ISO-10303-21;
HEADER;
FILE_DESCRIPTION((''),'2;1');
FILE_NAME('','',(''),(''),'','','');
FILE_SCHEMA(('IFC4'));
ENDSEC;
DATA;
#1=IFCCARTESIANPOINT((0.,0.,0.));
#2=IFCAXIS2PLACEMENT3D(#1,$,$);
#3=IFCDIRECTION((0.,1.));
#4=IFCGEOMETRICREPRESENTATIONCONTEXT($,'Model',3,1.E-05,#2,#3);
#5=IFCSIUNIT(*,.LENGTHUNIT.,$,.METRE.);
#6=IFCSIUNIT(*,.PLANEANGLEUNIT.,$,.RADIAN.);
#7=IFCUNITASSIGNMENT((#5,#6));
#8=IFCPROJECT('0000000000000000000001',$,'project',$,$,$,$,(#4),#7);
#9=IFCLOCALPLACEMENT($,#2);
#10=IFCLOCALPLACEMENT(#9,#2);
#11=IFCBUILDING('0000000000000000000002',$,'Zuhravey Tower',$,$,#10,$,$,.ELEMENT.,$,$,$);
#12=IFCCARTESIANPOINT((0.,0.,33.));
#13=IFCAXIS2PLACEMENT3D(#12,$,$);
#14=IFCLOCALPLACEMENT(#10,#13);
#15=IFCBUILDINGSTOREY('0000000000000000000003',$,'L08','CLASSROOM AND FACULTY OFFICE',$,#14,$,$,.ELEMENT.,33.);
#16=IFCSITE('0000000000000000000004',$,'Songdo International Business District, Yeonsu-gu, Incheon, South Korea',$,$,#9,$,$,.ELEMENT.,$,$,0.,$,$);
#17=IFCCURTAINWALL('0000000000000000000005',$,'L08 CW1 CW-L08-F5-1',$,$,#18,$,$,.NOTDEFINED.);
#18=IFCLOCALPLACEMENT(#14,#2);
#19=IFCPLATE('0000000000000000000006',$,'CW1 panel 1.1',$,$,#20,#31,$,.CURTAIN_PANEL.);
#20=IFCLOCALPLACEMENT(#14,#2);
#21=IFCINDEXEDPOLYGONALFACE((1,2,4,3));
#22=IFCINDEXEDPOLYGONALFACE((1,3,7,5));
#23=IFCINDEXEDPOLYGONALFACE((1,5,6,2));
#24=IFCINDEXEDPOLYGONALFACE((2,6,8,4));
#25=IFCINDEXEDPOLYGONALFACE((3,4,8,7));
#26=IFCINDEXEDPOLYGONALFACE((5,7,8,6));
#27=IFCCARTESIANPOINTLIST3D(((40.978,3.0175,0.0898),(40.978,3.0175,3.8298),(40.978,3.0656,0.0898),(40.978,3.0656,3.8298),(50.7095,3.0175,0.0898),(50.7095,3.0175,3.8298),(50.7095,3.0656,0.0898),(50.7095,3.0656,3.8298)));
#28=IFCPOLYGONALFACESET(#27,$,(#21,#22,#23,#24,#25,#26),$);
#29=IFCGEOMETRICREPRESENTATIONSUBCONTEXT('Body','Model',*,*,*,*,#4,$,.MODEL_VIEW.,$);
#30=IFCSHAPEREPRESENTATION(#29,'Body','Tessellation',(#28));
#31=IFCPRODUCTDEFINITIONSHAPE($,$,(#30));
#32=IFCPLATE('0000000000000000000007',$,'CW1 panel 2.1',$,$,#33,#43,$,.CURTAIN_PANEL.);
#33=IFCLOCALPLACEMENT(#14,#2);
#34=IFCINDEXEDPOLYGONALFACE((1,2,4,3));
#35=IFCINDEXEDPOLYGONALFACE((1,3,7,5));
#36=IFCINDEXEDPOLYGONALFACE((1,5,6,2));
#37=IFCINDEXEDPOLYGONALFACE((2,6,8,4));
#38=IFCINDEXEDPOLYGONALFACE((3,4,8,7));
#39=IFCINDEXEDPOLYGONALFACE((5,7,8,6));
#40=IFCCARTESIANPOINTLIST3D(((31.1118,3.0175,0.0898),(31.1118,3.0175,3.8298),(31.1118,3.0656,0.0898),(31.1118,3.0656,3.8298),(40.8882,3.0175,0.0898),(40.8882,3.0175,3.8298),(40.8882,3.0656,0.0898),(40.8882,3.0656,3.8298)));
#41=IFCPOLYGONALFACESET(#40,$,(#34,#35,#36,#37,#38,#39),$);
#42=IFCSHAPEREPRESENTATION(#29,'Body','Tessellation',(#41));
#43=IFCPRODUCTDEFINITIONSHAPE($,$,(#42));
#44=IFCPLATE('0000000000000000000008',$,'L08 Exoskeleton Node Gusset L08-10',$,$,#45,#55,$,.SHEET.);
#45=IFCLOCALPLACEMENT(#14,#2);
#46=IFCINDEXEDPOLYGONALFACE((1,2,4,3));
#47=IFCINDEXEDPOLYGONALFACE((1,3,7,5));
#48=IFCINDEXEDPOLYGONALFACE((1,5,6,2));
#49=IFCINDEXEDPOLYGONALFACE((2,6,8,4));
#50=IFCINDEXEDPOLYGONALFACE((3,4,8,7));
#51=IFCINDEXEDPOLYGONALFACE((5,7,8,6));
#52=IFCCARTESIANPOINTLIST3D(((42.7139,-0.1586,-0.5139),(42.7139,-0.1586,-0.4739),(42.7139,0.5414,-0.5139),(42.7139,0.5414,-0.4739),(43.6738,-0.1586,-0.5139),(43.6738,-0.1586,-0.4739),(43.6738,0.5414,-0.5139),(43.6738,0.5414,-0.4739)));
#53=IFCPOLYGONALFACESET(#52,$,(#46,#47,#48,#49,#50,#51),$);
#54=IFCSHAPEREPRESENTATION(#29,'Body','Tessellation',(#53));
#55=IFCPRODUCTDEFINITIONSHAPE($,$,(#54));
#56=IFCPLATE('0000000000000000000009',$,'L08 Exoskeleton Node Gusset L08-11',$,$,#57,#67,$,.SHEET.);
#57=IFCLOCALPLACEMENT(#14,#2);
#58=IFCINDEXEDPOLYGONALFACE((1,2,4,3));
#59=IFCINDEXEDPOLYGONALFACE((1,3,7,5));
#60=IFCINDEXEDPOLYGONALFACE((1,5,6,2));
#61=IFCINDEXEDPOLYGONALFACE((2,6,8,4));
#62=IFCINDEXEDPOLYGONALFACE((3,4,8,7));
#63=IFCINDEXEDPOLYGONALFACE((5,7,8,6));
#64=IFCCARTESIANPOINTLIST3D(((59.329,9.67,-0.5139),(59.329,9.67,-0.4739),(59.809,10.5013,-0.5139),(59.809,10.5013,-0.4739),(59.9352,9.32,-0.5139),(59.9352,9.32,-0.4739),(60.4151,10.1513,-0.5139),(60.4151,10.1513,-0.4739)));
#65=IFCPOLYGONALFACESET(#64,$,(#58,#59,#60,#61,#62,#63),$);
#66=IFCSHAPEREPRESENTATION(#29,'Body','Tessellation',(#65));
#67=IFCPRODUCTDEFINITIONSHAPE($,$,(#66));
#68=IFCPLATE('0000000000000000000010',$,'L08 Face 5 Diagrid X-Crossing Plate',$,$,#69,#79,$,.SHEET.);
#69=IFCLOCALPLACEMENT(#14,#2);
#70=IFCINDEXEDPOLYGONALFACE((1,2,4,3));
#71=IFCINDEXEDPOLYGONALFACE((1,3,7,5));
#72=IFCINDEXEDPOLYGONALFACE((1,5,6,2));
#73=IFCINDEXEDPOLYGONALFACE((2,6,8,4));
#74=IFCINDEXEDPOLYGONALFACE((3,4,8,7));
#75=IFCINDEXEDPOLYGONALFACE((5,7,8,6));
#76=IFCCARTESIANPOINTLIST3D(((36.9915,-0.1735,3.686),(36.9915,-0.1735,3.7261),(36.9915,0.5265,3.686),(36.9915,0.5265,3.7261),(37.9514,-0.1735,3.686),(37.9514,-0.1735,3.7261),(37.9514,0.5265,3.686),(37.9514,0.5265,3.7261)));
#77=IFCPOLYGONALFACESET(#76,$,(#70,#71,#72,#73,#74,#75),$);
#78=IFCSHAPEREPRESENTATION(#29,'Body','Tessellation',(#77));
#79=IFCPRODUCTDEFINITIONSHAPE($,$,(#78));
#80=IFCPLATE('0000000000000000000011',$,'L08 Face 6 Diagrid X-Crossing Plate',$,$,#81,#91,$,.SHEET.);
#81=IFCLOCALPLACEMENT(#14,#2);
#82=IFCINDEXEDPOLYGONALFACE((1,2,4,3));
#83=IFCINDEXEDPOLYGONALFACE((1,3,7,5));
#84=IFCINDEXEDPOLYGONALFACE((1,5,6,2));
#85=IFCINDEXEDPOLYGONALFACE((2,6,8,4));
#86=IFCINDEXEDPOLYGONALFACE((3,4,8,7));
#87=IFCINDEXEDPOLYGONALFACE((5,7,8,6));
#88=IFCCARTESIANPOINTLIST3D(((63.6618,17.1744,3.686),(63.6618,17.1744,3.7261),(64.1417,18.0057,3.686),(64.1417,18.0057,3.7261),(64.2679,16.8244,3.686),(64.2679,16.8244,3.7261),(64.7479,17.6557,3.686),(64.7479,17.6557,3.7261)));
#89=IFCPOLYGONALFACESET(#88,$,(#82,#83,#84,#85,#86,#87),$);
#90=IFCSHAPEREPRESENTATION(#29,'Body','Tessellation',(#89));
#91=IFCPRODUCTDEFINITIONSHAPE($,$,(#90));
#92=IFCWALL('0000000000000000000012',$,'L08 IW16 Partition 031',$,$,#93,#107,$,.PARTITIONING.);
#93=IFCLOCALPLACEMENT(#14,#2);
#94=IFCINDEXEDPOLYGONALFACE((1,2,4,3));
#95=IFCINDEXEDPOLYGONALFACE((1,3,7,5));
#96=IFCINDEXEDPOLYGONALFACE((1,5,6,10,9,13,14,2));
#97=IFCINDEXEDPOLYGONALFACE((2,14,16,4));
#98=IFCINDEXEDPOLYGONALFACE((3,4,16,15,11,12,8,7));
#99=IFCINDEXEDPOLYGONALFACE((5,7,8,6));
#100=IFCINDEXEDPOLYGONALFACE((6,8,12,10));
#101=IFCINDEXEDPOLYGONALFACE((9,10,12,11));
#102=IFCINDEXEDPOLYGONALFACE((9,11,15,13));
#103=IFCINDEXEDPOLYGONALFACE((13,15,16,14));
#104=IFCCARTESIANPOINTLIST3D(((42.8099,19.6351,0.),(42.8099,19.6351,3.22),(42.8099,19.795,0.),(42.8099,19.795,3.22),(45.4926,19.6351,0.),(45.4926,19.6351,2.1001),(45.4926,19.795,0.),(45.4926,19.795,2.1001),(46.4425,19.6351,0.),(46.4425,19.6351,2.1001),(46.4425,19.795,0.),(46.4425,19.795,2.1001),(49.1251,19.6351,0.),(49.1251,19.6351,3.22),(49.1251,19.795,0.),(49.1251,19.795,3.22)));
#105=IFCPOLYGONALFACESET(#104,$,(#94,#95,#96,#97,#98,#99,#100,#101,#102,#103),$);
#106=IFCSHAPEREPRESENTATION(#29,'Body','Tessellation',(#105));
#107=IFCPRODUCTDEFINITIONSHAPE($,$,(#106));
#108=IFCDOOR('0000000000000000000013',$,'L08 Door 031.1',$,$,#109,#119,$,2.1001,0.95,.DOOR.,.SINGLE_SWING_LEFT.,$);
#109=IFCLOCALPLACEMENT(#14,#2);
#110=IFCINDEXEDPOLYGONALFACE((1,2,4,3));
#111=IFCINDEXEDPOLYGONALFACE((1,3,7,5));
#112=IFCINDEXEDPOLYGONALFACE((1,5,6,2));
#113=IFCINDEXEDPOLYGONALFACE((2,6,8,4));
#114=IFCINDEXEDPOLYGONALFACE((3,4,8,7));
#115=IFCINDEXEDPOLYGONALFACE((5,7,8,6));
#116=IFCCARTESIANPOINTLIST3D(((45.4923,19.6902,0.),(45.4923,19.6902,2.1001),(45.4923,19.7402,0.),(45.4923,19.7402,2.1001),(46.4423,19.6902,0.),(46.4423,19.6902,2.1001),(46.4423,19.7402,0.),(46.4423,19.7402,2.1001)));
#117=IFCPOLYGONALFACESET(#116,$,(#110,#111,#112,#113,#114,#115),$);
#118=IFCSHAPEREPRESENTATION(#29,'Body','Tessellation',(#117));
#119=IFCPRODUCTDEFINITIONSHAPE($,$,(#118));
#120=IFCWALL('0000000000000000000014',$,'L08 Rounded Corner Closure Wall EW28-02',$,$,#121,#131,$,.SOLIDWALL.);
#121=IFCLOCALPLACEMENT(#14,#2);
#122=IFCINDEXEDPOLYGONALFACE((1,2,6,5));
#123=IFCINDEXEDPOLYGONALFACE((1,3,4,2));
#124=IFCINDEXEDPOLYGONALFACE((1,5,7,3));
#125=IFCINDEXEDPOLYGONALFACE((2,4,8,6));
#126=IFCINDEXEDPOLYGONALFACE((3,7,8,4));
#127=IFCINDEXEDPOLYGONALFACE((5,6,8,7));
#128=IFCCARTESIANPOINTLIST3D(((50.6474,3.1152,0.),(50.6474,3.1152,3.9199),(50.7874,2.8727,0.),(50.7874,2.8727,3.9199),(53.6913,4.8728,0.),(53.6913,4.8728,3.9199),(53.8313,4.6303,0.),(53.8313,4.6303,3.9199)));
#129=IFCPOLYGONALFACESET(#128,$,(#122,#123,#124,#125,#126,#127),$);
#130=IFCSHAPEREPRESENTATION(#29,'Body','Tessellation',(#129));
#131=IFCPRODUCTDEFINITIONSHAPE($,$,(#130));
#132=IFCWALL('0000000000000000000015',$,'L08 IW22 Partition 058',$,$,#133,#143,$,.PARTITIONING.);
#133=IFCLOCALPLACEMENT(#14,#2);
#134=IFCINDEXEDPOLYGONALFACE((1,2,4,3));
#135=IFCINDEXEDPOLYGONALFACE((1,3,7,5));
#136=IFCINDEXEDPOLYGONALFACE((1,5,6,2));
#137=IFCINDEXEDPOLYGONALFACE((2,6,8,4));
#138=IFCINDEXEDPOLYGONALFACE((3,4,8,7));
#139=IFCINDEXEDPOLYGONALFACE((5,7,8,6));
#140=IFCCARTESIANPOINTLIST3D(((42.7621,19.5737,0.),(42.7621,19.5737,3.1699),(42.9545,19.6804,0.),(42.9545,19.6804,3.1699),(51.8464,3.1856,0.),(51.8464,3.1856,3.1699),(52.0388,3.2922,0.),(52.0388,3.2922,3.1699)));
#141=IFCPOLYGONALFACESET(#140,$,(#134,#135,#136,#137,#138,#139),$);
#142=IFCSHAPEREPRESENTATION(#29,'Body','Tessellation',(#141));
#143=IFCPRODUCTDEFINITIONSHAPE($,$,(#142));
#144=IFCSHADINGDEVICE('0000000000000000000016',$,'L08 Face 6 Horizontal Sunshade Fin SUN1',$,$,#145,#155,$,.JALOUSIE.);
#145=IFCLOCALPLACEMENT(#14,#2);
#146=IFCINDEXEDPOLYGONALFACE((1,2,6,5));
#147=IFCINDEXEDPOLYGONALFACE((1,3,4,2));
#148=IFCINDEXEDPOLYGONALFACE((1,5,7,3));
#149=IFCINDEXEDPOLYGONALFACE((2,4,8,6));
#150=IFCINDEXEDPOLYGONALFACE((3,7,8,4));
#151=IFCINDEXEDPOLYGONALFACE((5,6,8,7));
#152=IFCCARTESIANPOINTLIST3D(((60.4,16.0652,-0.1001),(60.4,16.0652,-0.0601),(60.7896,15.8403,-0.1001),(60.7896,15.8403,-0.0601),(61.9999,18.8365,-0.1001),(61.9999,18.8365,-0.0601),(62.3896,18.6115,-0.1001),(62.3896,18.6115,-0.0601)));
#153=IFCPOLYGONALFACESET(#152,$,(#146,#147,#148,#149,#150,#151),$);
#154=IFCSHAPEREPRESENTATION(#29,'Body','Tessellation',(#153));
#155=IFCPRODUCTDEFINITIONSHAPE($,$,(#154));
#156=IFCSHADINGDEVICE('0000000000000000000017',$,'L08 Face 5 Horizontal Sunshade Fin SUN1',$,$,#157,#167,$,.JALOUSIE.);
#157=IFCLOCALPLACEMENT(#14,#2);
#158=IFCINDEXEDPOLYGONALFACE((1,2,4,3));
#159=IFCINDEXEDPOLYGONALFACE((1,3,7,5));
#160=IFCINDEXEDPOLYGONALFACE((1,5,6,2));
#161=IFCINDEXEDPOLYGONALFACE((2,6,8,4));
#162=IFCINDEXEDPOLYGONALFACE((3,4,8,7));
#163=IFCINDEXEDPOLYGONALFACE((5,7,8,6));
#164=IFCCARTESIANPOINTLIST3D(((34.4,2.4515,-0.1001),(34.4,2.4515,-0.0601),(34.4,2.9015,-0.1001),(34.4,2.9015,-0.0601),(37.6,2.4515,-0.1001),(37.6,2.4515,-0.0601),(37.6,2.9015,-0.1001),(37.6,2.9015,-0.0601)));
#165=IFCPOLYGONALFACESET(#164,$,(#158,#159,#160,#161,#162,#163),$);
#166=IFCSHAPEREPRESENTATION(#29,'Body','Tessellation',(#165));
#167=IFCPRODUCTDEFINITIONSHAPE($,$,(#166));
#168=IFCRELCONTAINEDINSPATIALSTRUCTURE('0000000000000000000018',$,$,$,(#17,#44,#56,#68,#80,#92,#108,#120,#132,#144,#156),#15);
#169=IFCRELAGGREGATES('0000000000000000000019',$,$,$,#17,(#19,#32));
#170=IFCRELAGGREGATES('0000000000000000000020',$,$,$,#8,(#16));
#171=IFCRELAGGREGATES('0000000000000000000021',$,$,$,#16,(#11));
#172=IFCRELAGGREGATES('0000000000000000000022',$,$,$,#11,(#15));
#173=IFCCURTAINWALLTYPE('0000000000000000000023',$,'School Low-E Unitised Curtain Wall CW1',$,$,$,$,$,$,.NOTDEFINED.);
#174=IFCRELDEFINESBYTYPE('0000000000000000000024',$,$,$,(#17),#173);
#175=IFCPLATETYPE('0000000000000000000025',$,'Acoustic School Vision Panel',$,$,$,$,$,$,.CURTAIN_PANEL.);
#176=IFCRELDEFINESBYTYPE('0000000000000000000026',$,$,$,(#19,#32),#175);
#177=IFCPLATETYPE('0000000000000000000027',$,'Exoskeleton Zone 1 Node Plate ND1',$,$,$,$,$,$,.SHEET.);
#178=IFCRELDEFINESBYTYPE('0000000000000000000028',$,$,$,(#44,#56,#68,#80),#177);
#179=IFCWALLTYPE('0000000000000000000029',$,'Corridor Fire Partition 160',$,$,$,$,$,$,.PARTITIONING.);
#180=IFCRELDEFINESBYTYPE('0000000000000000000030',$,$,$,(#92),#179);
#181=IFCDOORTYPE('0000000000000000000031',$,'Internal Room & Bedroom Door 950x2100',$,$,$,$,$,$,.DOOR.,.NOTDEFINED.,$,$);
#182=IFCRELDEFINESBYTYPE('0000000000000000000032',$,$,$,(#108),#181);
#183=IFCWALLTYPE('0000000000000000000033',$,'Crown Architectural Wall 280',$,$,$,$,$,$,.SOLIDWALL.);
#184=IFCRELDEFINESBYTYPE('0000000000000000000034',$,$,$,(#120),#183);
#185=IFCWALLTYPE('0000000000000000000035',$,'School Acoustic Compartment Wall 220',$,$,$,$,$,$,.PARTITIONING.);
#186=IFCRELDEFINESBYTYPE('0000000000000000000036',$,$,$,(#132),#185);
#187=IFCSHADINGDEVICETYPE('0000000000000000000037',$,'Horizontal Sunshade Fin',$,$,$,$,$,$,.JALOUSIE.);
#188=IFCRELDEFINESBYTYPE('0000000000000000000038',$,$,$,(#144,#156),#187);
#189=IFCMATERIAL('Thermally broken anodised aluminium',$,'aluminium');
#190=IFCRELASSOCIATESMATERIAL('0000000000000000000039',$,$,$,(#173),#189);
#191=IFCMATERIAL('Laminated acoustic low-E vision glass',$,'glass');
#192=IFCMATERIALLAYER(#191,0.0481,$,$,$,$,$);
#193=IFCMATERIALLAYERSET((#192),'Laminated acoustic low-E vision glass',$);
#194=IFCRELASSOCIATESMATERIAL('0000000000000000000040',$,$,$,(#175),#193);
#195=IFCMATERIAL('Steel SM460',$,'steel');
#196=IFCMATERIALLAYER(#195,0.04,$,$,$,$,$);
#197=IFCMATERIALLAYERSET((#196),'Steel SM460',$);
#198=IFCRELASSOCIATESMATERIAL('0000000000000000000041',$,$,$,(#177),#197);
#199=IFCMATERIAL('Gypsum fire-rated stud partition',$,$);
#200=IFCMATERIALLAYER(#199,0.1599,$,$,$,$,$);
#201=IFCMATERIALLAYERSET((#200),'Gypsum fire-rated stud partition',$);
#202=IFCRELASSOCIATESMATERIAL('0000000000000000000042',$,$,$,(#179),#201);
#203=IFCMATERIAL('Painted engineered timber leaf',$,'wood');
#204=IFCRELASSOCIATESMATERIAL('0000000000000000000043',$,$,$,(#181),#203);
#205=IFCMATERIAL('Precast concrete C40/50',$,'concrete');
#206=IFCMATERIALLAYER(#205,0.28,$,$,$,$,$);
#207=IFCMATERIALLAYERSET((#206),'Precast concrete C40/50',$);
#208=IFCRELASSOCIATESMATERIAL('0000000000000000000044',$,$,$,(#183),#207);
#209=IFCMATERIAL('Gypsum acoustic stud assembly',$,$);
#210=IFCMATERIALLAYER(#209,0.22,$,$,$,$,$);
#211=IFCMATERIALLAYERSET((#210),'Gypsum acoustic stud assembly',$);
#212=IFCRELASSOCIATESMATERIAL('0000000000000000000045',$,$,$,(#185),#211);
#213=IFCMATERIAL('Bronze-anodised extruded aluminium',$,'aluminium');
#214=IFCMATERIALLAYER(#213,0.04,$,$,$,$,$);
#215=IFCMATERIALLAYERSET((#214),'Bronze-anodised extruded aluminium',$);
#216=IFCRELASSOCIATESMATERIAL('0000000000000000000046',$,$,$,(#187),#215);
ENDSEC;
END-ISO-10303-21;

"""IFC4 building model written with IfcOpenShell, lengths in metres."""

from ifc_helpers import new_model, si_unit, direction, frame, frame_2d, origin, origin_2d, place, context, subcontext, project, spatial, rectangle, extrude, material, layer, layer_set, type_object, element, fill, aggregate, save


model = new_model("IFC4")

# Units and contexts
model_context = context("Model", 3, precision=1e-05, world=origin(), true_north=direction((0.0, 1.0)))
body_context = subcontext(model_context, "Body", "Model", "MODEL_VIEW")
ifc_project = project(units=[si_unit("LENGTHUNIT", "METRE"), si_unit("PLANEANGLEUNIT", "RADIAN")], contexts=[model_context])

# Site, building, storey
site_placement = place(None, origin())
site = spatial("IfcSite", under=ifc_project, at=site_placement, Name="Songdo International Business District, Yeonsu-gu, Incheon, South Korea", CompositionType="ELEMENT", RefElevation=0.0)
building_placement = place(site_placement, origin())
building = spatial("IfcBuilding", under=site, at=building_placement, Name="Zuhravey Tower", CompositionType="ELEMENT")
storey_placement = place(building_placement, frame((0.0, 0.0, 33.0)))
storey = spatial("IfcBuildingStorey", under=building, at=storey_placement, Name="L08", Description="CLASSROOM AND FACULTY OFFICE", CompositionType="ELEMENT", Elevation=33.0)

# Curtain wall
ifc_material_1 = material(Name="Thermally broken anodised aluminium", Category="aluminium")
curtain_wall_type = type_object("IfcCurtainWallType", Name="School Low-E Unitised Curtain Wall CW1", PredefinedType="NOTDEFINED", material=ifc_material_1)
curtain_wall_1_placement = place(storey_placement, origin())
curtain_wall_1 = element("IfcCurtainWall", 1, at=curtain_wall_1_placement, inside=storey, type_object=curtain_wall_type, Name="L08 CW1 CW-L08-F5-1", PredefinedType="NOTDEFINED")

# Shared definitions
ifc_material_2 = material(Name="Steel SM460", Category="steel")

# Plates
ifc_material_3 = material(Name="Laminated acoustic low-E vision glass", Category="glass")
ifc_layer_1 = layer(ifc_material_3, 0.0481)
ifc_layer_set_1 = layer_set([ifc_layer_1], Name="Laminated acoustic low-E vision glass")
plate_type_1 = type_object("IfcPlateType", Name="Acoustic School Vision Panel", PredefinedType="CURTAIN_PANEL", material=ifc_layer_set_1)
plate_1_placement = place(storey_placement, frame((45.8438, 3.0415, 0.0898), z_axis=(0.0, 0.0, 1.0), x_axis=(-1.0, 0.0, 0.0)))
plate_1 = element("IfcPlate", 2, at=plate_1_placement, type_object=plate_type_1, Name="CW1 panel 1.1", PredefinedType="CURTAIN_PANEL", context=body_context, shape_type="SweptSolid", body=[
    extrude(rectangle(XDim=9.7314, YDim=0.0481, at=origin_2d()), origin(), (0.0, 0.0, 1.0), 3.74),
])
plate_2_placement = place(storey_placement, frame((36.0, 3.0415, 0.0898), z_axis=(0.0, 0.0, 1.0), x_axis=(-1.0, 0.0, 0.0)))
plate_2 = element("IfcPlate", 3, at=plate_2_placement, type_object=plate_type_1, Name="CW1 panel 2.1", PredefinedType="CURTAIN_PANEL", context=body_context, shape_type="SweptSolid", body=[
    extrude(rectangle(XDim=9.7764, YDim=0.0481, at=origin_2d()), origin(), (0.0, 0.0, 1.0), 3.74),
])
aggregate(curtain_wall_1, [plate_1, plate_2])

# Plates
ifc_layer_2 = layer(ifc_material_2, 0.04)
ifc_layer_set_2 = layer_set([ifc_layer_2], Name="Steel SM460")
plate_type_2 = type_object("IfcPlateType", Name="Exoskeleton Zone 1 Node Plate ND1", PredefinedType="SHEET", material=ifc_layer_set_2)
for number, where, z_axis, x_axis, name in (
    (4, (43.1938, 0.1914, -0.5139), (0.0, 0.0, 1.0), (1.0, 0.0, 0.0), "L08 Exoskeleton Node Gusset L08-10"),
    (5, (59.8721, 9.9106, -0.5139), (0.0, 0.0, 1.0), (0.5, 0.866025, 0.0), "L08 Exoskeleton Node Gusset L08-11"),
    (6, (37.4714, 0.1765, 3.686), (0.0, 0.0, 1.0), (1.0, 0.0, 0.0), "L08 Face 5 Diagrid X-Crossing Plate"),
    (7, (64.2048, 17.415, 3.686), (0.0, 0.0, 1.0), (0.5, 0.866025, 0.0), "L08 Face 6 Diagrid X-Crossing Plate"),
):
    element("IfcPlate", number, at=place(storey_placement, frame(where, z_axis=z_axis, x_axis=x_axis)), inside=storey, type_object=plate_type_2, Name=name, PredefinedType="SHEET", context=body_context, shape_type="SweptSolid", body=[
        extrude(rectangle(XDim=0.96, YDim=0.7, at=origin_2d()), origin(), (0.0, 0.0, 1.0), 0.04),
    ])

# Wall, opening, door
ifc_material_4 = material(Name="Gypsum fire-rated stud partition")
ifc_layer_3 = layer(ifc_material_4, 0.1599)
ifc_layer_set_3 = layer_set([ifc_layer_3], Name="Gypsum fire-rated stud partition")
wall_type_1 = type_object("IfcWallType", Name="Corridor Fire Partition 160", PredefinedType="PARTITIONING", material=ifc_layer_set_3)
wall_1_placement = place(storey_placement, frame((42.8098, 19.7151, 0.0), z_axis=(0.0, 0.0, 1.0), x_axis=(1.0, 0.0, 0.0)))
wall_1 = element("IfcWall", 8, at=wall_1_placement, inside=storey, type_object=wall_type_1, Name="L08 IW16 Partition 031", PredefinedType="PARTITIONING", context=body_context, shape_type="SweptSolid", body=[
    extrude(rectangle(XDim=6.3152, YDim=0.1599, at=frame_2d((3.1577, 0.0))), origin(), (0.0, 0.0, 1.0), 3.22),
])
opening_placement = place(wall_1_placement, frame((2.6826, 0.0, 0.0)))
opening = element("IfcOpeningElement", 9, at=opening_placement, cuts=wall_1, PredefinedType="OPENING", context=body_context, shape_type="SweptSolid", body=[
    extrude(rectangle(XDim=0.95, YDim=2.1001, at=frame_2d((0.4751, 1.05))), frame((0.0, 0.092, 0.0), z_axis=(0.0, -1.0, 0.0), x_axis=(1.0, 0.0, 0.0)), (0.0, 0.0, 1.0), 0.1838),
])
ifc_material_5 = material(Name="Painted engineered timber leaf", Category="wood")
door_type = type_object("IfcDoorType", Name="Internal Room & Bedroom Door 950x2100", OperationType="NOTDEFINED", PredefinedType="DOOR", material=ifc_material_5)
door_placement = place(opening_placement, frame((0.95, 0.0, 0.0), z_axis=(0.0, 0.0, 1.0), x_axis=(-1.0, 0.0, 0.0)))
door = element("IfcDoor", 10, at=door_placement, inside=storey, type_object=door_type, Name="L08 Door 031.1", OperationType="SINGLE_SWING_LEFT", OverallHeight=2.1001, OverallWidth=0.95, PredefinedType="DOOR", context=body_context, shape_type="SweptSolid", body=[
    extrude(rectangle(XDim=0.95, YDim=2.1001, at=frame_2d((0.4751, 1.05))), frame((0.0, 0.0249, 0.0), z_axis=(0.0, -1.0, 0.0), x_axis=(1.0, 0.0, 0.0)), (0.0, 0.0, 1.0), 0.05),
])
fill(opening, door)

# Walls
ifc_material_6 = material(Name="Precast concrete C40/50", Category="concrete")
ifc_layer_4 = layer(ifc_material_6, 0.28)
ifc_layer_set_4 = layer_set([ifc_layer_4], Name="Precast concrete C40/50")
wall_type_2 = type_object("IfcWallType", Name="Crown Architectural Wall 280", PredefinedType="SOLIDWALL", material=ifc_layer_set_4)
wall_2_placement = place(storey_placement, frame((53.7612, 4.7515, 0.0), z_axis=(0.0, 0.0, 1.0), x_axis=(-0.866007, -0.500031, 0.0)))
element("IfcWall", 11, at=wall_2_placement, inside=storey, type_object=wall_type_2, Name="L08 Rounded Corner Closure Wall EW28-02", PredefinedType="SOLIDWALL", context=body_context, shape_type="SweptSolid", body=[
    extrude(rectangle(XDim=3.5149, YDim=0.28, at=frame_2d((1.7573, 0.0))), origin(), (0.0, 0.0, 1.0), 3.9199),
])
ifc_material_7 = material(Name="Gypsum acoustic stud assembly")
ifc_layer_5 = layer(ifc_material_7, 0.22)
ifc_layer_set_5 = layer_set([ifc_layer_5], Name="Gypsum acoustic stud assembly")
wall_type_3 = type_object("IfcWallType", Name="School Acoustic Compartment Wall 220", PredefinedType="PARTITIONING", material=ifc_layer_set_5)
wall_3_placement = place(storey_placement, frame((42.8584, 19.627, 0.0), z_axis=(0.0, 0.0, 1.0), x_axis=(0.484814, -0.874617, 0.0)))
element("IfcWall", 12, at=wall_3_placement, inside=storey, type_object=wall_type_3, Name="L08 IW22 Partition 058", PredefinedType="PARTITIONING", context=body_context, shape_type="SweptSolid", body=[
    extrude(rectangle(XDim=18.7375, YDim=0.22, at=frame_2d((9.3687, 0.0))), origin(), (0.0, 0.0, 1.0), 3.1699),
])

# Shading devices
ifc_material_8 = material(Name="Bronze-anodised extruded aluminium", Category="aluminium")
ifc_layer_6 = layer(ifc_material_8, 0.04)
ifc_layer_set_6 = layer_set([ifc_layer_6], Name="Bronze-anodised extruded aluminium")
shading_device_type = type_object("IfcShadingDeviceType", Name="Horizontal Sunshade Fin", PredefinedType="JALOUSIE", material=ifc_layer_set_6)
for number, where, z_axis, x_axis, name in (
    (13, (61.3948, 17.3384, -0.1001), (0.0, 0.0, 1.0), (-0.5, -0.866025, 0.0), "L08 Face 6 Horizontal Sunshade Fin SUN1"),
    (14, (36.0, 2.6765, -0.1001), (0.0, 0.0, 1.0), (-1.0, 0.0, 0.0), "L08 Face 5 Horizontal Sunshade Fin SUN1"),
):
    element("IfcShadingDevice", number, at=place(storey_placement, frame(where, z_axis=z_axis, x_axis=x_axis)), inside=storey, type_object=shading_device_type, Name=name, PredefinedType="JALOUSIE", context=body_context, shape_type="SweptSolid", body=[
        extrude(rectangle(XDim=3.2, YDim=0.45, at=origin_2d()), origin(), (0.0, 0.0, 1.0), 0.04),
    ])

save(model, "model.ifc")
